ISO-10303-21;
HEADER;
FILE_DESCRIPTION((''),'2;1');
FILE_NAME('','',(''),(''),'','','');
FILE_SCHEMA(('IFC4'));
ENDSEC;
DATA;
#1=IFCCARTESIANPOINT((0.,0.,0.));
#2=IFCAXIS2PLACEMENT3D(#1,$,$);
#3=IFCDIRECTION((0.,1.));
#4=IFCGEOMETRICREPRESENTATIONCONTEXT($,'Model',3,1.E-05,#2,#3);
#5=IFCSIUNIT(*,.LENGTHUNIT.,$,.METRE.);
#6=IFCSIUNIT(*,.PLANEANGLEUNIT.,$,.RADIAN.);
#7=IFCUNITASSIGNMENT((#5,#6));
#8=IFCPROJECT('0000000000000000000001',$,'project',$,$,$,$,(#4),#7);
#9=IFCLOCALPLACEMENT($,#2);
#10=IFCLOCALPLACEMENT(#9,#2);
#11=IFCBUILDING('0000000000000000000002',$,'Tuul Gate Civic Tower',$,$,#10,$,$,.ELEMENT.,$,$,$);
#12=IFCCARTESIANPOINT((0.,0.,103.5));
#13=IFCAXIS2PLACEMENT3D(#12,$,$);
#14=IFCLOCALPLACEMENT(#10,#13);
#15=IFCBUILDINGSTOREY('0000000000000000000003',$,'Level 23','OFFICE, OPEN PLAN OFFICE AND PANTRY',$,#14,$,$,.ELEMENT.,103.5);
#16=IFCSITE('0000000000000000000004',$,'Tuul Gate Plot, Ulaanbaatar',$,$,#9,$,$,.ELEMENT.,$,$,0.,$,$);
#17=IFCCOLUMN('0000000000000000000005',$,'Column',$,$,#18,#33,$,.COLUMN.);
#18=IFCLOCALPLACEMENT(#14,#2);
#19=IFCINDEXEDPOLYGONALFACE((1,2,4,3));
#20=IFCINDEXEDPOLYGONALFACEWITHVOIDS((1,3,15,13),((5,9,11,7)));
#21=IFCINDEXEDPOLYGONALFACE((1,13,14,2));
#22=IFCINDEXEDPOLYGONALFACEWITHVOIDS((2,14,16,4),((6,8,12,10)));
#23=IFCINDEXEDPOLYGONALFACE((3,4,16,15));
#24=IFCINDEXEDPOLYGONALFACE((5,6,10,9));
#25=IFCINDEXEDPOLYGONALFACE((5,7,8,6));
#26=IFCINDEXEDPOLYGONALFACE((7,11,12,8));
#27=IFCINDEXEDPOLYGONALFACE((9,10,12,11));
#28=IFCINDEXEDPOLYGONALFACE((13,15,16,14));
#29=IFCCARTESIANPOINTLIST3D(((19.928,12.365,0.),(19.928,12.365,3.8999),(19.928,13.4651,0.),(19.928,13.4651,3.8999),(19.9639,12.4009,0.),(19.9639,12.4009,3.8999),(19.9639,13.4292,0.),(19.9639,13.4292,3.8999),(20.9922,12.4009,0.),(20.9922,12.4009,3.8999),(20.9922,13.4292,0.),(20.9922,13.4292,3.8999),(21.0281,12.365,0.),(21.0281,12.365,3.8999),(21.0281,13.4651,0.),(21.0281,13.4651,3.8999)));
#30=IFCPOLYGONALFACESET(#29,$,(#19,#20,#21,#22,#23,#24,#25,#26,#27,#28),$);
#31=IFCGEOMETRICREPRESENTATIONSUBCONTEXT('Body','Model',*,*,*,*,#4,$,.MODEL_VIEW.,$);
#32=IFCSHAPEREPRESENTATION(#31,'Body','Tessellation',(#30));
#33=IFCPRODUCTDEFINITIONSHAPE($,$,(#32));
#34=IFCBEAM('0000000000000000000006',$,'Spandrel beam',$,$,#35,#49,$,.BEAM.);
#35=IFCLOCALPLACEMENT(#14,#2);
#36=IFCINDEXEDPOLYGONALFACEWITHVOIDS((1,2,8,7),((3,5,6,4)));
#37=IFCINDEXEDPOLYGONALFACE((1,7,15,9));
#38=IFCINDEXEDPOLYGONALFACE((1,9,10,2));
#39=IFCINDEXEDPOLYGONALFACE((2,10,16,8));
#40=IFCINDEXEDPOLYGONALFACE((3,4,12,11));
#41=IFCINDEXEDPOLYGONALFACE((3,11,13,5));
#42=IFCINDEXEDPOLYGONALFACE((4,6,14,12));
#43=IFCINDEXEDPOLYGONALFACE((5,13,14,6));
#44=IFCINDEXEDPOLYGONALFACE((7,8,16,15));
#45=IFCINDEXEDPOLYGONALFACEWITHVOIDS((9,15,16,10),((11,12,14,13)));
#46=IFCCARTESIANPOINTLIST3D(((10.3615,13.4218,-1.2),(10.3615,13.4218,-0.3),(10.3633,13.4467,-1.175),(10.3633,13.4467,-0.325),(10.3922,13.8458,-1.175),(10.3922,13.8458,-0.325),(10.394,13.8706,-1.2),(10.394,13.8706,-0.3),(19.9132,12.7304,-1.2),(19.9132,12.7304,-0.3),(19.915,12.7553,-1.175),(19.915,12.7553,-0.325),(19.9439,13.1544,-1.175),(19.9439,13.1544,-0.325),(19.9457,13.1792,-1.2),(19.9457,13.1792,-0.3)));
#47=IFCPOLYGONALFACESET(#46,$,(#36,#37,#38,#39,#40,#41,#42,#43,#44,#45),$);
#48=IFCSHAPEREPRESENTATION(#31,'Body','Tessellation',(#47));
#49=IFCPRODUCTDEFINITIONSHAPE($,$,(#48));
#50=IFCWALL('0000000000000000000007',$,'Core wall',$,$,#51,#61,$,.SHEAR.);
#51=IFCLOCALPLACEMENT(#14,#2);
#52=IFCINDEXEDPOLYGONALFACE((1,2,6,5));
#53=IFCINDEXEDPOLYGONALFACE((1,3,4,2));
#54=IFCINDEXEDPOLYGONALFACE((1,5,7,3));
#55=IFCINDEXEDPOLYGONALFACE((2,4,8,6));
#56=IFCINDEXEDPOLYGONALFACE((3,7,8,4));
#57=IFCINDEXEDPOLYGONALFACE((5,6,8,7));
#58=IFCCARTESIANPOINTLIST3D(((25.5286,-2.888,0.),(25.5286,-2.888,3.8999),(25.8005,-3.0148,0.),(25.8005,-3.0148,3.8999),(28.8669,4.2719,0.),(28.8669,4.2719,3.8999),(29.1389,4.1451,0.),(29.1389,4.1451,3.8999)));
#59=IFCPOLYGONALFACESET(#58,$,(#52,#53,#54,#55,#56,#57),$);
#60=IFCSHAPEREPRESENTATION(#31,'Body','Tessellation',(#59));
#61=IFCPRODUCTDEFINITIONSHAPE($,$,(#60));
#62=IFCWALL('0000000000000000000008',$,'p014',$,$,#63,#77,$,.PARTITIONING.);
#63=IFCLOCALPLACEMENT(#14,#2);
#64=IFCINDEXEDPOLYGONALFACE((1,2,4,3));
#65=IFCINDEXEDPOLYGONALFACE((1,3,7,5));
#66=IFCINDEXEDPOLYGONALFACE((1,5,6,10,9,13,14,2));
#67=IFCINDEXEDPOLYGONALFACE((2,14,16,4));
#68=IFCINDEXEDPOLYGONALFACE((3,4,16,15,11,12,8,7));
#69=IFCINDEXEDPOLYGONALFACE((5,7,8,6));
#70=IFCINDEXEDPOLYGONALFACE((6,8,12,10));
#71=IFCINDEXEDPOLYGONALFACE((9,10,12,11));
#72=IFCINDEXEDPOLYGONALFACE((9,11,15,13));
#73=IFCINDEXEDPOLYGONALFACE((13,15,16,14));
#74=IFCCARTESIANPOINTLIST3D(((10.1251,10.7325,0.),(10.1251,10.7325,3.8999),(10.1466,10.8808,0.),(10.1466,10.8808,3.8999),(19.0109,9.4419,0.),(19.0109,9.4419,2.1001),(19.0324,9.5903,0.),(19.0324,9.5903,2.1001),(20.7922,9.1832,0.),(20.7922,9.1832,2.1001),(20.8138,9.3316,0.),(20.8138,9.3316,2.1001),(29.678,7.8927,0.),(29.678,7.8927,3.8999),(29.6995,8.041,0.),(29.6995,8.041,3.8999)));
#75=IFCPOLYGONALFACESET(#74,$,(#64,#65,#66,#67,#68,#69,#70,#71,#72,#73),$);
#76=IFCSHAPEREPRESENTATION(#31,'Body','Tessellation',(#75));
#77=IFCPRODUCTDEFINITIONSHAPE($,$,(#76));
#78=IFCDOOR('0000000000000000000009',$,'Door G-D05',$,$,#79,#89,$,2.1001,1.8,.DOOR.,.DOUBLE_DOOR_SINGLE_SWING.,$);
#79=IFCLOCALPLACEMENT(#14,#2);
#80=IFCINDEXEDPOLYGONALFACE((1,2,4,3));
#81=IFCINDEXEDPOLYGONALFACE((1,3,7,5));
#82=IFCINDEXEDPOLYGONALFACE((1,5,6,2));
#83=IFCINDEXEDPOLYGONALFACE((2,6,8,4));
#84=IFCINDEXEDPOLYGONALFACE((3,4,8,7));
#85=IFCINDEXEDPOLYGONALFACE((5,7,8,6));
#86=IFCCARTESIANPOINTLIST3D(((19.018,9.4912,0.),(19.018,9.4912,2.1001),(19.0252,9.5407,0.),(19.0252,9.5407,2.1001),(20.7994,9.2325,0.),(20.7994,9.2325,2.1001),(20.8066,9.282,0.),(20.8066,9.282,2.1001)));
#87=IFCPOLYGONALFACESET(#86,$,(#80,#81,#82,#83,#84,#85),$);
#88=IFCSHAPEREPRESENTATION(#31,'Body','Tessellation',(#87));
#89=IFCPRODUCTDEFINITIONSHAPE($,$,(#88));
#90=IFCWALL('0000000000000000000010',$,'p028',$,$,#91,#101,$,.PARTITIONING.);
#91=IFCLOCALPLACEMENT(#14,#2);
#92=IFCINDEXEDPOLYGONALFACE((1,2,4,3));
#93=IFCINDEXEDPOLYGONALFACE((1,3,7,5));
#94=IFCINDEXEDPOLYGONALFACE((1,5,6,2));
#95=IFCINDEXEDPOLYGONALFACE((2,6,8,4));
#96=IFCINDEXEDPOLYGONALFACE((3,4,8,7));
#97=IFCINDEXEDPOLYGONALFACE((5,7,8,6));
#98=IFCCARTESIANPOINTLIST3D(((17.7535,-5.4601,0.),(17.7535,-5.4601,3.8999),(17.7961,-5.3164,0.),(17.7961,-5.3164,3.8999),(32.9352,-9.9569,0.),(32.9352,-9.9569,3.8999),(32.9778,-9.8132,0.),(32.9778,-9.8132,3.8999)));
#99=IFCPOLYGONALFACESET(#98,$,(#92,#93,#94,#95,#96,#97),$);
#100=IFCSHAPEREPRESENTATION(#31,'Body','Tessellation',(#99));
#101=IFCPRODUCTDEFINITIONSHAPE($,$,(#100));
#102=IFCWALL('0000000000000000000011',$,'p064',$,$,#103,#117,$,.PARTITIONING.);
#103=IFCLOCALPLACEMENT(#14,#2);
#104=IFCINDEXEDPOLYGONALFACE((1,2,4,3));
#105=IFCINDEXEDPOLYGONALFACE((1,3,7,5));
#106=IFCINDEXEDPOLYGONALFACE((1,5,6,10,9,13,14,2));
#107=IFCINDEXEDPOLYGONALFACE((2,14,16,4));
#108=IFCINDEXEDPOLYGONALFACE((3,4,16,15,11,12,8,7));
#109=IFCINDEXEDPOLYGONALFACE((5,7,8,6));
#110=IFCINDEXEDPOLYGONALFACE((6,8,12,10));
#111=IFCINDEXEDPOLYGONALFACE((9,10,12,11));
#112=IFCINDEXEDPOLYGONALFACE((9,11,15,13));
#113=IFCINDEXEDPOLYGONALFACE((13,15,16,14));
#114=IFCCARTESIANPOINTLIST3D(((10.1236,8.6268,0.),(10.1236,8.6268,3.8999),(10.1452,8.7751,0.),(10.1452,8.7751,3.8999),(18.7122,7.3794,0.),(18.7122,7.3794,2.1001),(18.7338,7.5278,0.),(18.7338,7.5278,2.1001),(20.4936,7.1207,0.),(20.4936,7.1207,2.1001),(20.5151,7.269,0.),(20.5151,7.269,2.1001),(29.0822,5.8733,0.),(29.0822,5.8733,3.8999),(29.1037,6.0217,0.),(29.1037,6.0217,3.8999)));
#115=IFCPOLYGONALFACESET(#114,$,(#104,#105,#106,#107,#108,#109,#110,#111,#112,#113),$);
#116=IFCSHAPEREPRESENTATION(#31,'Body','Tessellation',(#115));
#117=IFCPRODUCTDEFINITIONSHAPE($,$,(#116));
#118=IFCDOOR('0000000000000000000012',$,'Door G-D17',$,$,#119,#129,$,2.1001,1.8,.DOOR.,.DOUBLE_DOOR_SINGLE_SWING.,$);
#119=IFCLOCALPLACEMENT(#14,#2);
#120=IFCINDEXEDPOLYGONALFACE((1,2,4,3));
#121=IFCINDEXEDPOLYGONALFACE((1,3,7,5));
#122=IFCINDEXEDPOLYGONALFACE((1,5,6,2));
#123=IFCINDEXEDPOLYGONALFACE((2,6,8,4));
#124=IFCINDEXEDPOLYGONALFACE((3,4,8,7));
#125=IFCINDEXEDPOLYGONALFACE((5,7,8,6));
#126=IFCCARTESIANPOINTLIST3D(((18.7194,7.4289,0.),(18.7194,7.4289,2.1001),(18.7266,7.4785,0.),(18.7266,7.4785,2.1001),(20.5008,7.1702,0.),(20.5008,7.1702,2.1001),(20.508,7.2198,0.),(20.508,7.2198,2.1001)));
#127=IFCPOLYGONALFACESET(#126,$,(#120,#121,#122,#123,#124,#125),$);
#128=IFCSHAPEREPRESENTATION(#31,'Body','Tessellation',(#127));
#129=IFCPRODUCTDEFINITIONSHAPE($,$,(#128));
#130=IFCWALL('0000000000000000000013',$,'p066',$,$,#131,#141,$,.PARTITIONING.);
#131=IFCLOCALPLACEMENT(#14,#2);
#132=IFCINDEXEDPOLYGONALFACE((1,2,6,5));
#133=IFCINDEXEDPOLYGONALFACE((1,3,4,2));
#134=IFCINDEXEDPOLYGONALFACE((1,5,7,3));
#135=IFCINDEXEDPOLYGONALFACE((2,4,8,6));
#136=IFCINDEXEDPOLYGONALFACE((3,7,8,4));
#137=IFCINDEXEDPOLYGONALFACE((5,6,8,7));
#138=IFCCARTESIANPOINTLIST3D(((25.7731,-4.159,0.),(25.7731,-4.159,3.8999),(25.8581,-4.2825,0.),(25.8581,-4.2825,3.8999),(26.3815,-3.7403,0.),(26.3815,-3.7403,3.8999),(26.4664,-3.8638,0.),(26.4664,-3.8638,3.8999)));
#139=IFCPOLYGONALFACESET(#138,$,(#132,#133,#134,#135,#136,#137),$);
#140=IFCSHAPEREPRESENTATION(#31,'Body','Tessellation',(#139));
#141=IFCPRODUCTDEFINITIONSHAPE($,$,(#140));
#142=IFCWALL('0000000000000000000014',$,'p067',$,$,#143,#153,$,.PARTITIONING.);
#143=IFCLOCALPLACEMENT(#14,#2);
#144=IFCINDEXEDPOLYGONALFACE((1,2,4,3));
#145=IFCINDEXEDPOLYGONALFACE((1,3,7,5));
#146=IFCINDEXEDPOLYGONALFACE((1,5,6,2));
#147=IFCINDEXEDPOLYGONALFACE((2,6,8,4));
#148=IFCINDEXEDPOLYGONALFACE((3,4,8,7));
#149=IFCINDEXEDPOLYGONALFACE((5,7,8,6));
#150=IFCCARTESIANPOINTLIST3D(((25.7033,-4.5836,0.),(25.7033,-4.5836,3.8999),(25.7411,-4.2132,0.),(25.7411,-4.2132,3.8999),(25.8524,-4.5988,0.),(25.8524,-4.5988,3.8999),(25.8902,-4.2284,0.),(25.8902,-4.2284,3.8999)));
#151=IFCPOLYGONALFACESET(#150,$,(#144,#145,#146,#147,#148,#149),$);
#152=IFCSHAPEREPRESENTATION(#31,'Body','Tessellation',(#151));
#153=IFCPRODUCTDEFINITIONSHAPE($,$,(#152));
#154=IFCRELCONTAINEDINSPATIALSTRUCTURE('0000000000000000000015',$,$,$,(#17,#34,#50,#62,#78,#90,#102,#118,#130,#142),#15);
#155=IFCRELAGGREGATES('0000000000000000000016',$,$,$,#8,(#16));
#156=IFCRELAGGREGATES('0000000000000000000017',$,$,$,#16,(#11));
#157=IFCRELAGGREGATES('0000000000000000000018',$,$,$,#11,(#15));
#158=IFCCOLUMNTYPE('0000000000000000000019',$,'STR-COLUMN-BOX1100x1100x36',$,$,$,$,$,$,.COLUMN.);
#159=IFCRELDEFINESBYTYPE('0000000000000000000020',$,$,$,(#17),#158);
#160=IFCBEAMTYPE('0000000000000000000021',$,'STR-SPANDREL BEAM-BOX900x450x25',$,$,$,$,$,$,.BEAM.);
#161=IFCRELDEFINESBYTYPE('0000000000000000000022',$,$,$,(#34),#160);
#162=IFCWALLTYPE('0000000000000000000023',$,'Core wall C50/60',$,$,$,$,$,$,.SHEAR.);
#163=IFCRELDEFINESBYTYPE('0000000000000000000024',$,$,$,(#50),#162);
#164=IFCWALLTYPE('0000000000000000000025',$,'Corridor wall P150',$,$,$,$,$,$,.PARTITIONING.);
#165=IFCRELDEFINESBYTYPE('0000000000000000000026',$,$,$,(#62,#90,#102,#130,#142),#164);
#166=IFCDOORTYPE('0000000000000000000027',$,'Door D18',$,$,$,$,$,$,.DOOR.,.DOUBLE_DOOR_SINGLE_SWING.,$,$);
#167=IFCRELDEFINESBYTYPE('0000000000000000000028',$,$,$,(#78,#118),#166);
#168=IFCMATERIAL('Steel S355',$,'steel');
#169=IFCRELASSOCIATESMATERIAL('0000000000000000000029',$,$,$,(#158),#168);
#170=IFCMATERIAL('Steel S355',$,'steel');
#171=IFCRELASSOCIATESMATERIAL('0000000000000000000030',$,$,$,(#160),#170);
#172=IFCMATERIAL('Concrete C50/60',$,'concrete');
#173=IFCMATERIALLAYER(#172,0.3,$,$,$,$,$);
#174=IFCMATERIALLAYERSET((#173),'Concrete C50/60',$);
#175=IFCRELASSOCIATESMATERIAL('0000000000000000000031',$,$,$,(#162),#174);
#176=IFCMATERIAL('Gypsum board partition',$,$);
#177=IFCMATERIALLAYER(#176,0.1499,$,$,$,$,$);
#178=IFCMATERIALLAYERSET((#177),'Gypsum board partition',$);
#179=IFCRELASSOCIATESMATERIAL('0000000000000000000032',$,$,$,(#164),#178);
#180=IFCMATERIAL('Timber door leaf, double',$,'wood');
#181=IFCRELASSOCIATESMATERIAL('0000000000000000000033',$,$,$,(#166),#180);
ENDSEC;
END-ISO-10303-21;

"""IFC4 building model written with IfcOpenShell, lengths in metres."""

from ifc_helpers import new_model, si_unit, direction, frame, frame_2d, origin, origin_2d, place, context, subcontext, project, spatial, rectangle, hollow_rectangle, extrude, material, layer, layer_set, material_profile, profile_set, type_object, element, fill, save


model = new_model("IFC4")

# Units and contexts
model_context = context("Model", 3, precision=1e-05, world=origin(), true_north=direction((0.0, 1.0)))
body_context = subcontext(model_context, "Body", "Model", "MODEL_VIEW")
ifc_project = project(units=[si_unit("LENGTHUNIT", "METRE"), si_unit("PLANEANGLEUNIT", "RADIAN")], contexts=[model_context])

# Site, building, storey
site_placement = place(None, origin())
site = spatial("IfcSite", under=ifc_project, at=site_placement, Name="Tuul Gate Plot, Ulaanbaatar", CompositionType="ELEMENT", RefElevation=0.0)
building_placement = place(site_placement, origin())
building = spatial("IfcBuilding", under=site, at=building_placement, Name="Tuul Gate Civic Tower", CompositionType="ELEMENT")
storey_placement = place(building_placement, frame((0.0, 0.0, 103.5)))
storey = spatial("IfcBuildingStorey", under=building, at=storey_placement, Name="Level 23", Description="OFFICE, OPEN PLAN OFFICE AND PANTRY", CompositionType="ELEMENT", Elevation=103.5)

# Column
ifc_material_1 = material(Name="Steel S355", Category="steel")
ifc_material_profile_1 = material_profile(ifc_material_1, hollow_rectangle(XDim=1.1001, YDim=1.1001, WallThickness=0.0359, at=origin_2d()), Name="BOX1100x1100x36")
ifc_profile_set_1 = profile_set([ifc_material_profile_1], Name="Steel S355")
column_type = type_object("IfcColumnType", Name="STR-COLUMN-BOX1100x1100x36", PredefinedType="COLUMN", material=ifc_profile_set_1)
column_placement = place(storey_placement, frame((20.478, 12.915, 0.0), z_axis=(0.0, 0.0, 1.0), x_axis=(1.0, 0.0, 0.0)))
element("IfcColumn", 1, at=column_placement, inside=storey, type_object=column_type, Name="Column", PredefinedType="COLUMN", context=body_context, shape_type="SweptSolid", body=[
    extrude(hollow_rectangle(XDim=1.1001, YDim=1.1001, WallThickness=0.0359, at=origin_2d()), origin(), (0.0, 0.0, 1.0), 3.8999),
])

# Beam
ifc_material_2 = material(Name="Steel S355", Category="steel")
ifc_material_profile_2 = material_profile(ifc_material_2, hollow_rectangle(XDim=0.45, YDim=0.8999, WallThickness=0.0249, at=origin_2d()), Name="BOX900x450x25")
ifc_profile_set_2 = profile_set([ifc_material_profile_2], Name="Steel S355")
beam_type = type_object("IfcBeamType", Name="STR-SPANDREL BEAM-BOX900x450x25", PredefinedType="BEAM", material=ifc_profile_set_2)
beam_placement = place(storey_placement, frame((19.9294, 12.9548, -0.75), z_axis=(-0.99739, 0.072196, 0.0), x_axis=(-0.072196, -0.99739, 0.0)))
element("IfcBeam", 2, at=beam_placement, inside=storey, type_object=beam_type, Name="Spandrel beam", PredefinedType="BEAM", context=body_context, shape_type="SweptSolid", body=[
    extrude(hollow_rectangle(XDim=0.45, YDim=0.8999, WallThickness=0.0249, at=origin_2d()), origin(), (0.0, 0.0, 1.0), 9.5767),
])

# Wall
ifc_material_3 = material(Name="Concrete C50/60", Category="concrete")
ifc_layer_1 = layer(ifc_material_3, 0.3)
ifc_layer_set_1 = layer_set([ifc_layer_1], Name="Concrete C50/60")
wall_type_1 = type_object("IfcWallType", Name="Core wall C50/60", PredefinedType="SHEAR", material=ifc_layer_set_1)
wall_1_placement = place(storey_placement, frame((25.6646, -2.9514, 0.0), z_axis=(0.0, 0.0, 1.0), x_axis=(0.422583, 0.906324, 0.0)))
element("IfcWall", 3, at=wall_1_placement, inside=storey, type_object=wall_type_1, Name="Core wall", PredefinedType="SHEAR", context=body_context, shape_type="SweptSolid", body=[
    extrude(rectangle(XDim=7.8999, YDim=0.3, at=frame_2d((3.95, 0.0))), origin(), (0.0, 0.0, 1.0), 3.8999),
])

# Wall, opening, door
ifc_material_4 = material(Name="Gypsum board partition")
ifc_layer_2 = layer(ifc_material_4, 0.1499)
ifc_layer_set_2 = layer_set([ifc_layer_2], Name="Gypsum board partition")
wall_type_2 = type_object("IfcWallType", Name="Corridor wall P150", PredefinedType="PARTITIONING", material=ifc_layer_set_2)
wall_2_placement = place(storey_placement, frame((10.136, 10.8066, 0.0), z_axis=(0.0, 0.0, 1.0), x_axis=(0.989617, -0.14373, 0.0)))
wall_2 = element("IfcWall", 4, at=wall_2_placement, inside=storey, type_object=wall_type_2, Name="p014", PredefinedType="PARTITIONING", context=body_context, shape_type="SweptSolid", body=[
    extrude(rectangle(XDim=19.7581, YDim=0.1499, at=frame_2d((9.8789, 0.0))), origin(), (0.0, 0.0, 1.0), 3.8999),
])
opening_1_placement = place(wall_2_placement, frame((8.979, 0.0, 0.0)))
opening_1 = element("IfcOpeningElement", 5, at=opening_1_placement, cuts=wall_2, PredefinedType="OPENING", context=body_context, shape_type="SweptSolid", body=[
    extrude(rectangle(XDim=1.8, YDim=2.1001, at=frame_2d((0.8999, 1.05))), frame((0.0, 0.085, 0.0), z_axis=(0.0, -1.0, 0.0), x_axis=(1.0, 0.0, 0.0)), (0.0, 0.0, 1.0), 0.1699),
])
ifc_material_5 = material(Name="Timber door leaf, double", Category="wood")
door_type = type_object("IfcDoorType", Name="Door D18", OperationType="DOUBLE_DOOR_SINGLE_SWING", PredefinedType="DOOR", material=ifc_material_5)
door_1_placement = place(opening_1_placement, origin())
door_1 = element("IfcDoor", 6, at=door_1_placement, inside=storey, type_object=door_type, Name="Door G-D05", OperationType="DOUBLE_DOOR_SINGLE_SWING", OverallHeight=2.1001, OverallWidth=1.8, PredefinedType="DOOR", context=body_context, shape_type="SweptSolid", body=[
    extrude(rectangle(XDim=1.8, YDim=2.1001, at=frame_2d((0.8999, 1.05))), frame((0.0, 0.0249, 0.0), z_axis=(0.0, -1.0, 0.0), x_axis=(1.0, 0.0, 0.0)), (0.0, 0.0, 1.0), 0.05),
])
fill(opening_1, door_1)

# Wall
wall_3_placement = place(storey_placement, frame((17.7747, -5.3882, 0.0), z_axis=(0.0, 0.0, 1.0), x_axis=(0.958823, -0.284005, 0.0)))
element("IfcWall", 7, at=wall_3_placement, inside=storey, type_object=wall_type_2, Name="p028", PredefinedType="PARTITIONING", context=body_context, shape_type="SweptSolid", body=[
    extrude(rectangle(XDim=15.8337, YDim=0.1499, at=frame_2d((7.917, 0.0))), origin(), (0.0, 0.0, 1.0), 3.8999),
])

# Wall, opening, door
wall_4_placement = place(storey_placement, frame((10.1345, 8.7009, 0.0), z_axis=(0.0, 0.0, 1.0), x_axis=(0.989618, -0.143726, 0.0)))
wall_4 = element("IfcWall", 8, at=wall_4_placement, inside=storey, type_object=wall_type_2, Name="p064", PredefinedType="PARTITIONING", context=body_context, shape_type="SweptSolid", body=[
    extrude(rectangle(XDim=19.1575, YDim=0.1499, at=frame_2d((9.5786, 0.0))), origin(), (0.0, 0.0, 1.0), 3.8999),
])
opening_2_placement = place(wall_4_placement, frame((8.6787, 0.0, 0.0)))
opening_2 = element("IfcOpeningElement", 9, at=opening_2_placement, cuts=wall_4, PredefinedType="OPENING", context=body_context, shape_type="SweptSolid", body=[
    extrude(rectangle(XDim=1.8, YDim=2.1001, at=frame_2d((0.8999, 1.05))), frame((0.0, 0.085, 0.0), z_axis=(0.0, -1.0, 0.0), x_axis=(1.0, 0.0, 0.0)), (0.0, 0.0, 1.0), 0.1699),
])
door_2_placement = place(opening_2_placement, frame((1.8, 0.0, 0.0), z_axis=(0.0, 0.0, 1.0), x_axis=(-1.0, 0.0, 0.0)))
door_2 = element("IfcDoor", 10, at=door_2_placement, inside=storey, type_object=door_type, Name="Door G-D17", OperationType="DOUBLE_DOOR_SINGLE_SWING", OverallHeight=2.1001, OverallWidth=1.8, PredefinedType="DOOR", context=body_context, shape_type="SweptSolid", body=[
    extrude(rectangle(XDim=1.8, YDim=2.1001, at=frame_2d((0.9001, 1.05))), frame((0.0, 0.0249, 0.0), z_axis=(0.0, -1.0, 0.0), x_axis=(1.0, 0.0, 0.0)), (0.0, 0.0, 1.0), 0.05),
])
fill(opening_2, door_2)

# Walls
wall_5_placement = place(storey_placement, frame((25.8157, -4.2207, 0.0), z_axis=(0.0, 0.0, 1.0), x_axis=(0.823772, 0.566922, 0.0)))
element("IfcWall", 11, at=wall_5_placement, inside=storey, type_object=wall_type_2, Name="p066", PredefinedType="PARTITIONING", context=body_context, shape_type="SweptSolid", body=[
    extrude(rectangle(XDim=0.7385, YDim=0.1499, at=frame_2d((0.3691, 0.0))), origin(), (0.0, 0.0, 1.0), 3.8999),
])
wall_6_placement = place(storey_placement, frame((25.7778, -4.5911, 0.0), z_axis=(0.0, 0.0, 1.0), x_axis=(0.101646, 0.994821, 0.0)))
element("IfcWall", 12, at=wall_6_placement, inside=storey, type_object=wall_type_2, Name="p067", PredefinedType="PARTITIONING", context=body_context, shape_type="SweptSolid", body=[
    extrude(rectangle(XDim=0.3723, YDim=0.1499, at=frame_2d((0.186, 0.0))), origin(), (0.0, 0.0, 1.0), 3.8999),
])

save(model, "model.ifc")
